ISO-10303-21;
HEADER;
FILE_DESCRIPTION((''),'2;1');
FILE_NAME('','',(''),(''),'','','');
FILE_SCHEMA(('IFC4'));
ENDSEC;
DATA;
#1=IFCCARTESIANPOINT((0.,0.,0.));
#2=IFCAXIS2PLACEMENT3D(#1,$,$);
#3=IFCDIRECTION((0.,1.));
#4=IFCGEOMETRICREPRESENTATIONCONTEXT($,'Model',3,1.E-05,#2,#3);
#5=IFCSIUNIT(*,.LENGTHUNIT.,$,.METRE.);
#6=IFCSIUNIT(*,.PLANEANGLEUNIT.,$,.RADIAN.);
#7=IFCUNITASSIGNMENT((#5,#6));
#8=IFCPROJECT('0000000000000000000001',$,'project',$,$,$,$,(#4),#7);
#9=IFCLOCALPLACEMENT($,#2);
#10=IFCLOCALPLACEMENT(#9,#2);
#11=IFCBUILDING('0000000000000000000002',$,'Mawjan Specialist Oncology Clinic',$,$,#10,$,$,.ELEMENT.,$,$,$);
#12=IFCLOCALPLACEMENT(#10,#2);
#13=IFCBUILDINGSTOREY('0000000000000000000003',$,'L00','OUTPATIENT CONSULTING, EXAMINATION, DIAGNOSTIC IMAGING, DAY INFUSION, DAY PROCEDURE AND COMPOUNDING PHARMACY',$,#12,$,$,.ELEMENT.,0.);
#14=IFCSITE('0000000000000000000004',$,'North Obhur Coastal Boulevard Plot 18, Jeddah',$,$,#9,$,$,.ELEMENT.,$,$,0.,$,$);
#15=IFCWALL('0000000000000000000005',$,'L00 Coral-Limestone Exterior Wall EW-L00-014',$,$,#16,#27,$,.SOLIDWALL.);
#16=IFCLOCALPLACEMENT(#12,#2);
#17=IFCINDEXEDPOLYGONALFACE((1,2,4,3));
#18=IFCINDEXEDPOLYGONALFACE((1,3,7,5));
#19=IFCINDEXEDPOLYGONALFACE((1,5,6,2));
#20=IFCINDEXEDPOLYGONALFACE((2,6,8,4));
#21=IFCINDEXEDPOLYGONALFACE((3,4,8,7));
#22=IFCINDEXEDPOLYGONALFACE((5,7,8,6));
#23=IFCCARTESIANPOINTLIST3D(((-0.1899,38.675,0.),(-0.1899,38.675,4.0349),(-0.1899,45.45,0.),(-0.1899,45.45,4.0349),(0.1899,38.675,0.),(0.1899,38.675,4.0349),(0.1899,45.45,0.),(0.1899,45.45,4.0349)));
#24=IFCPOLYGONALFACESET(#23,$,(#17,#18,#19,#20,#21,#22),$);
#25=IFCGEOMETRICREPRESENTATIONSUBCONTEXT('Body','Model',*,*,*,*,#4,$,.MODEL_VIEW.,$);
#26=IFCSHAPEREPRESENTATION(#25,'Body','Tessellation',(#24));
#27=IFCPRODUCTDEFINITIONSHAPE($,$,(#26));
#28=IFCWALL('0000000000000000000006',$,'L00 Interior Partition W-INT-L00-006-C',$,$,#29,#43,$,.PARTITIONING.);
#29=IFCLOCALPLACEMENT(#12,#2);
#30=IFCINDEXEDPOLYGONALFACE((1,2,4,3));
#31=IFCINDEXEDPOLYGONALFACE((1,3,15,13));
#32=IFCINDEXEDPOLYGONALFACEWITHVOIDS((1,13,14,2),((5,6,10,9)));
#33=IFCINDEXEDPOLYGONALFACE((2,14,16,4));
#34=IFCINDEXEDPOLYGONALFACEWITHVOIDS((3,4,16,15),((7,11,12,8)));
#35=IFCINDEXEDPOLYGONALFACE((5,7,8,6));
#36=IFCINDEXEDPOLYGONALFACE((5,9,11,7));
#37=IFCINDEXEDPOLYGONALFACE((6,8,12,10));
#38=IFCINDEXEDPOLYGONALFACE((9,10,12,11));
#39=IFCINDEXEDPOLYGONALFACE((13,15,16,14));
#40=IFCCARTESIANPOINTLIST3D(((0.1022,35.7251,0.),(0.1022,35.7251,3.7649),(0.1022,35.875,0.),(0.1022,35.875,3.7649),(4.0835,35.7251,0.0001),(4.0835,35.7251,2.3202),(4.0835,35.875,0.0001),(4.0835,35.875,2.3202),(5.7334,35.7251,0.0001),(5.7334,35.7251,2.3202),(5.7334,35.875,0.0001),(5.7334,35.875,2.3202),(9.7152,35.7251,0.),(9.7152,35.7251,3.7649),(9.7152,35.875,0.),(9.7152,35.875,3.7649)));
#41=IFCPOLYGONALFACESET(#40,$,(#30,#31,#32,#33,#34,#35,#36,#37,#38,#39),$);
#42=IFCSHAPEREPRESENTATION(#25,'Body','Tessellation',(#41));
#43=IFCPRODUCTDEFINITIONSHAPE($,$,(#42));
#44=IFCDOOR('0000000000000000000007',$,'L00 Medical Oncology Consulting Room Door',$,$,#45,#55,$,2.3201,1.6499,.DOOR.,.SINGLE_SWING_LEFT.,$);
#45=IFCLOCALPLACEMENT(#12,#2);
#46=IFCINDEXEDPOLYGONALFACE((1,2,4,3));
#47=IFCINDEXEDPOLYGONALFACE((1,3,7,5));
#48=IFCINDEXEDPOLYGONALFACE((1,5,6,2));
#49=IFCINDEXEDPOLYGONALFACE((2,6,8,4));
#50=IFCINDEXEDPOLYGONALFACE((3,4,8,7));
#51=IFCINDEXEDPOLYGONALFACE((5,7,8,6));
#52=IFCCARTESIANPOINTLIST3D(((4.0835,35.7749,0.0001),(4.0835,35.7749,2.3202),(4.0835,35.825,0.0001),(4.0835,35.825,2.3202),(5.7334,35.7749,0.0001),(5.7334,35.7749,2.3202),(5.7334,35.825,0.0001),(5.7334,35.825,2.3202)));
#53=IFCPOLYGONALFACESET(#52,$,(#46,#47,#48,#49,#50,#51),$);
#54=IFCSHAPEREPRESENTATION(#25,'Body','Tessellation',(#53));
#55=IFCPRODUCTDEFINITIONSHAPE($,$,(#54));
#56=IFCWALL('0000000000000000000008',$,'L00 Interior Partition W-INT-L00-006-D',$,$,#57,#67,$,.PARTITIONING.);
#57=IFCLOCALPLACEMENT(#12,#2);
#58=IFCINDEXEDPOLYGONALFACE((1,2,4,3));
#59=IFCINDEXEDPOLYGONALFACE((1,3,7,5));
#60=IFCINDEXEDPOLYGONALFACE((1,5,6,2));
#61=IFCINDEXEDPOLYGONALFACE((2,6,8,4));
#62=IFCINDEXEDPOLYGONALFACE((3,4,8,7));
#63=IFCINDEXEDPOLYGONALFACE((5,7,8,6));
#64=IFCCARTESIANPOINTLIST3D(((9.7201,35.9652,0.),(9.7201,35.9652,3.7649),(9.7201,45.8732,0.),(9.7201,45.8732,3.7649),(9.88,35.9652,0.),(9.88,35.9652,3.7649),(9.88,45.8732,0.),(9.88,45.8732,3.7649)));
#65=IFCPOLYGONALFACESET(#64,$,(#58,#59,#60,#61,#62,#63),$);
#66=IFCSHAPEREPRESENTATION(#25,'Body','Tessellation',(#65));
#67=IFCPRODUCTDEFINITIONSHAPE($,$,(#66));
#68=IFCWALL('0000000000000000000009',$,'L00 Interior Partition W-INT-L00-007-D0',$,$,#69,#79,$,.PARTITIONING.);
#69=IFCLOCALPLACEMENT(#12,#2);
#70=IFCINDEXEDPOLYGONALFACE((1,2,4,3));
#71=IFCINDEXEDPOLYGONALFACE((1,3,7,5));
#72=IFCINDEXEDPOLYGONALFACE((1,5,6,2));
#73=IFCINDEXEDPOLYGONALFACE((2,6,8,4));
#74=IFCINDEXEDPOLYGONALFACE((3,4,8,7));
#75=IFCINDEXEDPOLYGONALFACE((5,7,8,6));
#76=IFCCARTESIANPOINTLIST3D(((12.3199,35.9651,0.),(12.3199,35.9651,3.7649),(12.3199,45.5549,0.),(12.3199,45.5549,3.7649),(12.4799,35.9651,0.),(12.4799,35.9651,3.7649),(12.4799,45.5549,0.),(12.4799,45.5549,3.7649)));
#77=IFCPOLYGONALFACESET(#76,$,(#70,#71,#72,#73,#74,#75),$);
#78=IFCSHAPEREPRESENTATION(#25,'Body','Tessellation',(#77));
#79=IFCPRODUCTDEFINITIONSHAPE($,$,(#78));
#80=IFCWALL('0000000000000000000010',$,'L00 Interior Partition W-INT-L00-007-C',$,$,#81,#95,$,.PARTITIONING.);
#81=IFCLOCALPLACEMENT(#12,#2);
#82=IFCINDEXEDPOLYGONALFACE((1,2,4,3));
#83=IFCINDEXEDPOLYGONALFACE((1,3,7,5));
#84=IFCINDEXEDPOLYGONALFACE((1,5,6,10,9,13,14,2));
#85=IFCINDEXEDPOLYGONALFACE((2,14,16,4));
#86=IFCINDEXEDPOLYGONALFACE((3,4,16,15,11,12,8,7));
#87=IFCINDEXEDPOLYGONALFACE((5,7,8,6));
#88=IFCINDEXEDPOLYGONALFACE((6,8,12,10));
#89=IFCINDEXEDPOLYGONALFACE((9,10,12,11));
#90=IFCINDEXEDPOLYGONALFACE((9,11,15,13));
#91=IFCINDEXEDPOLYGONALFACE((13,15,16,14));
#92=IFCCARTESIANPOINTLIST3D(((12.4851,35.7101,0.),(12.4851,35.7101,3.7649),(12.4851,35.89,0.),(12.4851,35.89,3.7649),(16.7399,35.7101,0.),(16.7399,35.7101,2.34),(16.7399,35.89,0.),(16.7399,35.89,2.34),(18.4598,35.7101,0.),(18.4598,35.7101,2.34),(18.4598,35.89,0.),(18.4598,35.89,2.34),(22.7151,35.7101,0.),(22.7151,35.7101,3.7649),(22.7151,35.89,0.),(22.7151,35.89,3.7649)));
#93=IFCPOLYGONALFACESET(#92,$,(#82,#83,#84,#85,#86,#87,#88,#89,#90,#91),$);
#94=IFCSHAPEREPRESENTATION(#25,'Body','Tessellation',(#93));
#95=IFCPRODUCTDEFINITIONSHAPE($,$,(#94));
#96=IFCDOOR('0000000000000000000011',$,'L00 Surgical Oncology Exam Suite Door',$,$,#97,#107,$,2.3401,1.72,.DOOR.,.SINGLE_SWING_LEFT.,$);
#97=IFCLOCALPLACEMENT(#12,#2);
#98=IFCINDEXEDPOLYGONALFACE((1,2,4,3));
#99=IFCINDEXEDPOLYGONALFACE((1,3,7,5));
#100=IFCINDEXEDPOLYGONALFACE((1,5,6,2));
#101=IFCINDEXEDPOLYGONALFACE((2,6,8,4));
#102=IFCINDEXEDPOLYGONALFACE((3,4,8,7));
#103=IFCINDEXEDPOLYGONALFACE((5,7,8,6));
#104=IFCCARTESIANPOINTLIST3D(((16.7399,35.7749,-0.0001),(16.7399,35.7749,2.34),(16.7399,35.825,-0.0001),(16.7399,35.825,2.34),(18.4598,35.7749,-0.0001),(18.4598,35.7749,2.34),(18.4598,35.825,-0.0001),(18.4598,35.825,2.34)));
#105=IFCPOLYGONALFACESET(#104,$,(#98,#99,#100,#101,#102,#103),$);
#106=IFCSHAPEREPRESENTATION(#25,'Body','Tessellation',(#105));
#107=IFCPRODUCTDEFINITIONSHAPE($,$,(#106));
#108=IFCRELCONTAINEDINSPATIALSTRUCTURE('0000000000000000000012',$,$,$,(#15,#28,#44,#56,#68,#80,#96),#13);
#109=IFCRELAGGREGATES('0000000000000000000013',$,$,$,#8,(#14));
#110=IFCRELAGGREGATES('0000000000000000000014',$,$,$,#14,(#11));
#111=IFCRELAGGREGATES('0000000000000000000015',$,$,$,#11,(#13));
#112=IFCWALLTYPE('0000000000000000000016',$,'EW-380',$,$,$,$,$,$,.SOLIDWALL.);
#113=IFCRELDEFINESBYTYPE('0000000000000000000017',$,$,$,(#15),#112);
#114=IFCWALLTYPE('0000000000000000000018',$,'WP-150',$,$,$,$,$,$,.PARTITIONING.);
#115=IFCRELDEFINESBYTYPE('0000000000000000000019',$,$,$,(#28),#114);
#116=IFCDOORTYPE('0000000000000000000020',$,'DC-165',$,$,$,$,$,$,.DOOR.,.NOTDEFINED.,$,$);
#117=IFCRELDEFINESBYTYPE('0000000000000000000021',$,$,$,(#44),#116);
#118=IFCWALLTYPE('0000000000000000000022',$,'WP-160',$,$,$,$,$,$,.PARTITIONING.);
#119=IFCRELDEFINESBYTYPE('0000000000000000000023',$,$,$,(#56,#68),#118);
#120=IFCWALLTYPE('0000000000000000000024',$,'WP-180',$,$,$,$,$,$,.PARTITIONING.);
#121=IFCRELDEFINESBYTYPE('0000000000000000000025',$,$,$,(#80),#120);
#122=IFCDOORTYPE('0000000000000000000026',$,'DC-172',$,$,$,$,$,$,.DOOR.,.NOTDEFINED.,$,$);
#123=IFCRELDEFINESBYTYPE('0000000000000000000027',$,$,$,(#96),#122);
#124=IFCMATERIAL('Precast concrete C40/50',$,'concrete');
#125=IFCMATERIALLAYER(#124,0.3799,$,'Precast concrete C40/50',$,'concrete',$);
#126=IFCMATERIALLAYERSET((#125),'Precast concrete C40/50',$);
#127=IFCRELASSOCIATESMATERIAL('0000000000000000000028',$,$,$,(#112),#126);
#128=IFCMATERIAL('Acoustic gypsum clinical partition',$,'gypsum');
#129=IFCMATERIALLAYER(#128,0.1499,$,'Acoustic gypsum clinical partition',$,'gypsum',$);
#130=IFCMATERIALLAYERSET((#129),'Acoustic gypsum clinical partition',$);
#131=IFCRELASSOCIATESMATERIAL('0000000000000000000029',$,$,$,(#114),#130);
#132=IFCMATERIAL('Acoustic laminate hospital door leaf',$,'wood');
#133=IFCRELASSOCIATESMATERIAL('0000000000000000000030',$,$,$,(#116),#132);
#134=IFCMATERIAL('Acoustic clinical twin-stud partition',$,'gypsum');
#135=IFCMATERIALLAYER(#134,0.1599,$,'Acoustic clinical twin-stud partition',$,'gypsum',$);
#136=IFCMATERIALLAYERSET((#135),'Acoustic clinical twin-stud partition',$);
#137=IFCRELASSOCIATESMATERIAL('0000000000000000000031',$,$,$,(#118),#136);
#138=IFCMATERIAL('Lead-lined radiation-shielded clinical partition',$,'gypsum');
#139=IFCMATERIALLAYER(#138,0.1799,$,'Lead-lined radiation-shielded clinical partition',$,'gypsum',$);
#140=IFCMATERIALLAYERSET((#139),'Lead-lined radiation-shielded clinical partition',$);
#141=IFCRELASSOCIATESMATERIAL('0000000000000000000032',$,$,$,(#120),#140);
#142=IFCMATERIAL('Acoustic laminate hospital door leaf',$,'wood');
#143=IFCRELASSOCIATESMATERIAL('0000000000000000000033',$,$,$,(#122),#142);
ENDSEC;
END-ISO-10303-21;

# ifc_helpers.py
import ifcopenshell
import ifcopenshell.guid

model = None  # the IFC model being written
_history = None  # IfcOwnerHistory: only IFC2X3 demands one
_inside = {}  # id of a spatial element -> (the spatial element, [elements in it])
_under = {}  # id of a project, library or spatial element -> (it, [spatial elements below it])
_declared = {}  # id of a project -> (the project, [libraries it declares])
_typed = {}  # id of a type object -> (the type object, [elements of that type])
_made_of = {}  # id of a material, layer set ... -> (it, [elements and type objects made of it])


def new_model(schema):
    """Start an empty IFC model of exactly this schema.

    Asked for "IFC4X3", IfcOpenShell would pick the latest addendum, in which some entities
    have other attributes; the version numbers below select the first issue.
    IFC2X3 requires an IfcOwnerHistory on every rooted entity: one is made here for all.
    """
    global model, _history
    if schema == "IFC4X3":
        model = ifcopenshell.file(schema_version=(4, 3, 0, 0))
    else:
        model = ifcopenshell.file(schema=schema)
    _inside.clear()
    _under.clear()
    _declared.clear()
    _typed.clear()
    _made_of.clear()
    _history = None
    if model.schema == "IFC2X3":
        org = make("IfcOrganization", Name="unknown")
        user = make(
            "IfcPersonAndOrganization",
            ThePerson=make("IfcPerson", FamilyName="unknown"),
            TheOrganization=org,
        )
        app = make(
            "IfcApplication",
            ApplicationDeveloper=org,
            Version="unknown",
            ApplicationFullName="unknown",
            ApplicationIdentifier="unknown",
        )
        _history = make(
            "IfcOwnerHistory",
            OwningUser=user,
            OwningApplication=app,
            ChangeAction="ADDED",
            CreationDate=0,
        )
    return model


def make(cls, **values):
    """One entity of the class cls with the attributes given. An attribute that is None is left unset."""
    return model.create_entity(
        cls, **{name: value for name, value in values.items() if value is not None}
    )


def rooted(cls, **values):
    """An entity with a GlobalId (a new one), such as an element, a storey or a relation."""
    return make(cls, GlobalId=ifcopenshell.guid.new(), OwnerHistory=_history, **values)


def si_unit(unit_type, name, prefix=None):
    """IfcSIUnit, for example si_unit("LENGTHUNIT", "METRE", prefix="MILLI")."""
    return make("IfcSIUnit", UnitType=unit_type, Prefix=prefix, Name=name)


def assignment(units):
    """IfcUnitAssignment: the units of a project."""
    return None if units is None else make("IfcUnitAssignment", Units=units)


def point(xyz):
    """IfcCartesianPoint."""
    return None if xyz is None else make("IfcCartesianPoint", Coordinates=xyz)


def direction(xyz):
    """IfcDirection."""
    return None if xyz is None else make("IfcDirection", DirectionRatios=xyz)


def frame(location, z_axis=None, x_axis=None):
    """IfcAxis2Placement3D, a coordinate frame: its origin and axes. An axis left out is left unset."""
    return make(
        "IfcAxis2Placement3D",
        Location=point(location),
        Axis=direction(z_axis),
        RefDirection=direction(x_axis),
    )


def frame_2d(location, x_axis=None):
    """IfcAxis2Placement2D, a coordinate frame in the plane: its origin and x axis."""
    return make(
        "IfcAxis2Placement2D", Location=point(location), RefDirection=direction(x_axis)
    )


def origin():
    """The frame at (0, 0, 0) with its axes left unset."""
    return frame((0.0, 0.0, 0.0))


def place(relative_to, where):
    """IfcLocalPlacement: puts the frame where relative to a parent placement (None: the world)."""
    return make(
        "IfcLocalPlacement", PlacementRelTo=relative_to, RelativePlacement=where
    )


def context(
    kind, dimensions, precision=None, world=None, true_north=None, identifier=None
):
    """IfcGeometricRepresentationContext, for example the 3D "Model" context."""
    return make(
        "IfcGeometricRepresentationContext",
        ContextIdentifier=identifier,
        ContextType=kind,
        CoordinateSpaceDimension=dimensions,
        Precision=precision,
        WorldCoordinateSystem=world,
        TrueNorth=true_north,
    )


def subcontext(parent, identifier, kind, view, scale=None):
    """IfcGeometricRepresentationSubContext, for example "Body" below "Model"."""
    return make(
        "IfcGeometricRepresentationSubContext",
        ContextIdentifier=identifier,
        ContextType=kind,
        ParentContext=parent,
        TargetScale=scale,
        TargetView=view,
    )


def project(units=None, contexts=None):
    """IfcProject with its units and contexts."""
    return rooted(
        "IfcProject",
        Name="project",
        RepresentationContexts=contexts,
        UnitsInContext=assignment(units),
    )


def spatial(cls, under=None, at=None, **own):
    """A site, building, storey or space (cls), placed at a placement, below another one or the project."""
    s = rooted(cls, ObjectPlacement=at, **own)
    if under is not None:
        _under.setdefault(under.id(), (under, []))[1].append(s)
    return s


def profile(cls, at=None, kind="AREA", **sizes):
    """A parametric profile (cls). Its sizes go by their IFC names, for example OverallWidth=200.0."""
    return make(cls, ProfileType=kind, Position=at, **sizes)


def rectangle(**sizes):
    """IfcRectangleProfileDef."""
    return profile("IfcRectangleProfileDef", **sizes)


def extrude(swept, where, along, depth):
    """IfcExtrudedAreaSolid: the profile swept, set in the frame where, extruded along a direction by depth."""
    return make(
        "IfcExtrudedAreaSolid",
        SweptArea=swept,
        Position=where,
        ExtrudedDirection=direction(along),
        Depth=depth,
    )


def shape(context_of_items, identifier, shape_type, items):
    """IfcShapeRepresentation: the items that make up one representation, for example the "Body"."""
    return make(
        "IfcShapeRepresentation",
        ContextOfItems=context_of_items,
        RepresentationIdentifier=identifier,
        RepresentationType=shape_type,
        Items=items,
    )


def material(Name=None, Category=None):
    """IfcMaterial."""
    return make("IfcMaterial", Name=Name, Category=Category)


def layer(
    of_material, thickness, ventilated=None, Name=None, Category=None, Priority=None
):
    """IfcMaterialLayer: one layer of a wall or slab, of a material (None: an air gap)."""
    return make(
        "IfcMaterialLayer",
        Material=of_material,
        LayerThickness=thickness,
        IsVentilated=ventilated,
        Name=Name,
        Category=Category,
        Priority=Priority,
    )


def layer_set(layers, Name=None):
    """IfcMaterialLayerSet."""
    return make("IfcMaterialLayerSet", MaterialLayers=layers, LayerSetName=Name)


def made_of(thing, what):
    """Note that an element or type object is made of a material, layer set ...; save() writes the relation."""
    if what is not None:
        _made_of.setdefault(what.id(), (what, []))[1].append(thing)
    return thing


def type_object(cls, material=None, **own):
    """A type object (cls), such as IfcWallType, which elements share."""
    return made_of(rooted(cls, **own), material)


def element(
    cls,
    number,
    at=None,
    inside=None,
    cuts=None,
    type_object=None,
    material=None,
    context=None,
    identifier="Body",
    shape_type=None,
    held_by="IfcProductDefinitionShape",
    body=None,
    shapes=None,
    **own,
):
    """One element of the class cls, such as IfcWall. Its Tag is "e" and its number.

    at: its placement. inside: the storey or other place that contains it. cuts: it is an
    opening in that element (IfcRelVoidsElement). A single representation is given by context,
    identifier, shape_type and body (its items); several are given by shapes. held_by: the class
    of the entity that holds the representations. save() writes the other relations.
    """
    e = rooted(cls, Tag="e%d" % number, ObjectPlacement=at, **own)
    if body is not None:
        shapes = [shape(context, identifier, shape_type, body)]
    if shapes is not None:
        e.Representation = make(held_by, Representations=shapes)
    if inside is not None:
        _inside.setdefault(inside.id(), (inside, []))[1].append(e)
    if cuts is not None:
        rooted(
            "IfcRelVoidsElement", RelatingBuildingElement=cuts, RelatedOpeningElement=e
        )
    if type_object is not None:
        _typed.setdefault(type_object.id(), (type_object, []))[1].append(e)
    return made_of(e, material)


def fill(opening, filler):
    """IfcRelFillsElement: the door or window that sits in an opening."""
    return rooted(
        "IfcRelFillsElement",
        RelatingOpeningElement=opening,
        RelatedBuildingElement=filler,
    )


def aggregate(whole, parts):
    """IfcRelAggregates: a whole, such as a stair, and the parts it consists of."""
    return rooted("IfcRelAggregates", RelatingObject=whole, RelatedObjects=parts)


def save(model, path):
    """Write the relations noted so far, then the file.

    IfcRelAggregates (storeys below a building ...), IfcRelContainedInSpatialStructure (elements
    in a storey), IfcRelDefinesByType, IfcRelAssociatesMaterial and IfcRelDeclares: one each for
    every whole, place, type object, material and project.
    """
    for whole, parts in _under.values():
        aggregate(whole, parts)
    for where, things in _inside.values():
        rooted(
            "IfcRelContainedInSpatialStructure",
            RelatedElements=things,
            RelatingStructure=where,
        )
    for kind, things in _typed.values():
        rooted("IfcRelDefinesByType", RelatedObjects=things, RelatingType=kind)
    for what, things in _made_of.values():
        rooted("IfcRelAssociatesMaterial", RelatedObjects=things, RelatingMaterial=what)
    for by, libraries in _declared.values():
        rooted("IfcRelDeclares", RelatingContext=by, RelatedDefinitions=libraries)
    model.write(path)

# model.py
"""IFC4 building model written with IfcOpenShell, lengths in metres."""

from ifc_helpers import new_model, si_unit, direction, frame, frame_2d, origin, place, context, subcontext, project, spatial, rectangle, extrude, material, layer, layer_set, type_object, element, fill, save


model = new_model("IFC4")

# Units and contexts
model_context = context("Model", 3, precision=1e-05, world=origin(), true_north=direction((0.0, 1.0)))
body_context = subcontext(model_context, "Body", "Model", "MODEL_VIEW")
ifc_project = project(units=[si_unit("LENGTHUNIT", "METRE"), si_unit("PLANEANGLEUNIT", "RADIAN")], contexts=[model_context])

# Site, building, storey
site_placement = place(None, origin())
site = spatial("IfcSite", under=ifc_project, at=site_placement, Name="North Obhur Coastal Boulevard Plot 18, Jeddah", CompositionType="ELEMENT", RefElevation=0.0)
building_placement = place(site_placement, origin())
building = spatial("IfcBuilding", under=site, at=building_placement, Name="Mawjan Specialist Oncology Clinic", CompositionType="ELEMENT")
storey_placement = place(building_placement, origin())
storey = spatial("IfcBuildingStorey", under=building, at=storey_placement, Name="L00", Description="OUTPATIENT CONSULTING, EXAMINATION, DIAGNOSTIC IMAGING, DAY INFUSION, DAY PROCEDURE AND COMPOUNDING PHARMACY", CompositionType="ELEMENT", Elevation=0.0)

# Wall
ifc_material_1 = material(Name="Precast concrete C40/50", Category="concrete")
ifc_layer_1 = layer(ifc_material_1, 0.3799, Name="Precast concrete C40/50", Category="concrete")
ifc_layer_set_1 = layer_set([ifc_layer_1], Name="Precast concrete C40/50")
wall_type_1 = type_object("IfcWallType", Name="EW-380", PredefinedType="SOLIDWALL", material=ifc_layer_set_1)
wall_1_placement = place(storey_placement, frame((0.0, 38.675, 0.0), z_axis=(0.0, 0.0, 1.0), x_axis=(0.0, 1.0, 0.0)))
element("IfcWall", 1, at=wall_1_placement, inside=storey, type_object=wall_type_1, Name="L00 Coral-Limestone Exterior Wall EW-L00-014", PredefinedType="SOLIDWALL", context=body_context, shape_type="SweptSolid", body=[
    extrude(rectangle(XDim=6.7749, YDim=0.3799, at=frame_2d((3.3875, 0.0))), origin(), (0.0, 0.0, 1.0), 4.0349),
])

# Wall, opening, door
ifc_material_2 = material(Name="Acoustic gypsum clinical partition", Category="gypsum")
ifc_layer_2 = layer(ifc_material_2, 0.1499, Name="Acoustic gypsum clinical partition", Category="gypsum")
ifc_layer_set_2 = layer_set([ifc_layer_2], Name="Acoustic gypsum clinical partition")
wall_type_2 = type_object("IfcWallType", Name="WP-150", PredefinedType="PARTITIONING", material=ifc_layer_set_2)
wall_2_placement = place(storey_placement, frame((0.1021, 35.8, 0.0), z_axis=(0.0, 0.0, 1.0), x_axis=(1.0, 0.0, 0.0)))
wall_2 = element("IfcWall", 2, at=wall_2_placement, inside=storey, type_object=wall_type_2, Name="L00 Interior Partition W-INT-L00-006-C", PredefinedType="PARTITIONING", context=body_context, shape_type="SweptSolid", body=[
    extrude(rectangle(XDim=9.613, YDim=0.1499, at=frame_2d((4.8066, 0.0))), origin(), (0.0, 0.0, 1.0), 3.7649),
])
opening_1_placement = place(wall_2_placement, frame((3.9814, 0.0, 0.0)))
opening_1 = element("IfcOpeningElement", 3, at=opening_1_placement, cuts=wall_2, PredefinedType="OPENING", context=body_context, shape_type="SweptSolid", body=[
    extrude(rectangle(XDim=1.6499, YDim=2.3201, at=frame_2d((0.825, 1.1602))), frame((0.0, 0.0869, 0.0), z_axis=(0.0, -1.0, 0.0), x_axis=(1.0, 0.0, 0.0)), (0.0, 0.0, 1.0), 0.1738),
])
ifc_material_3 = material(Name="Acoustic laminate hospital door leaf", Category="wood")
door_type_1 = type_object("IfcDoorType", Name="DC-165", OperationType="NOTDEFINED", PredefinedType="DOOR", material=ifc_material_3)
door_1_placement = place(opening_1_placement, origin())
door_1 = element("IfcDoor", 4, at=door_1_placement, inside=storey, type_object=door_type_1, Name="L00 Medical Oncology Consulting Room Door", OperationType="SINGLE_SWING_LEFT", OverallHeight=2.3201, OverallWidth=1.6499, PredefinedType="DOOR", context=body_context, shape_type="SweptSolid", body=[
    extrude(rectangle(XDim=1.6499, YDim=2.3201, at=frame_2d((0.825, 1.1602))), frame((0.0, 0.0249, 0.0), z_axis=(0.0, -1.0, 0.0), x_axis=(1.0, 0.0, 0.0)), (0.0, 0.0, 1.0), 0.05),
])
fill(opening_1, door_1)

# Walls
ifc_material_4 = material(Name="Acoustic clinical twin-stud partition", Category="gypsum")
ifc_layer_3 = layer(ifc_material_4, 0.1599, Name="Acoustic clinical twin-stud partition", Category="gypsum")
ifc_layer_set_3 = layer_set([ifc_layer_3], Name="Acoustic clinical twin-stud partition")
wall_type_3 = type_object("IfcWallType", Name="WP-160", PredefinedType="PARTITIONING", material=ifc_layer_set_3)
wall_3_placement = place(storey_placement, frame((9.8, 35.9651, 0.0), z_axis=(0.0, 0.0, 1.0), x_axis=(0.0, 1.0, 0.0)))
element("IfcWall", 5, at=wall_3_placement, inside=storey, type_object=wall_type_3, Name="L00 Interior Partition W-INT-L00-006-D", PredefinedType="PARTITIONING", context=body_context, shape_type="SweptSolid", body=[
    extrude(rectangle(XDim=9.908, YDim=0.1599, at=frame_2d((4.9541, 0.0))), origin(), (0.0, 0.0, 1.0), 3.7649),
])
wall_4_placement = place(storey_placement, frame((12.3999, 35.9651, 0.0), z_axis=(0.0, 0.0, 1.0), x_axis=(0.0, 1.0, 0.0)))
element("IfcWall", 6, at=wall_4_placement, inside=storey, type_object=wall_type_3, Name="L00 Interior Partition W-INT-L00-007-D0", PredefinedType="PARTITIONING", context=body_context, shape_type="SweptSolid", body=[
    extrude(rectangle(XDim=9.5898, YDim=0.1599, at=frame_2d((4.7949, 0.0))), origin(), (0.0, 0.0, 1.0), 3.7649),
])

# Wall, opening, door
ifc_material_5 = material(Name="Lead-lined radiation-shielded clinical partition", Category="gypsum")
ifc_layer_4 = layer(ifc_material_5, 0.1799, Name="Lead-lined radiation-shielded clinical partition", Category="gypsum")
ifc_layer_set_4 = layer_set([ifc_layer_4], Name="Lead-lined radiation-shielded clinical partition")
wall_type_4 = type_object("IfcWallType", Name="WP-180", PredefinedType="PARTITIONING", material=ifc_layer_set_4)
wall_5_placement = place(storey_placement, frame((12.4851, 35.8, 0.0), z_axis=(0.0, 0.0, 1.0), x_axis=(1.0, 0.0, 0.0)))
wall_5 = element("IfcWall", 7, at=wall_5_placement, inside=storey, type_object=wall_type_4, Name="L00 Interior Partition W-INT-L00-007-C", PredefinedType="PARTITIONING", context=body_context, shape_type="SweptSolid", body=[
    extrude(rectangle(XDim=10.23, YDim=0.1799, at=frame_2d((5.115, 0.0))), origin(), (0.0, 0.0, 1.0), 3.7649),
])
opening_2_placement = place(wall_5_placement, frame((4.2549, 0.0, 0.0)))
opening_2 = element("IfcOpeningElement", 8, at=opening_2_placement, cuts=wall_5, PredefinedType="OPENING", context=body_context, shape_type="SweptSolid", body=[
    extrude(rectangle(XDim=1.72, YDim=2.3401, at=frame_2d((0.8599, 1.1699))), frame((0.0, 0.1021, 0.0), z_axis=(0.0, -1.0, 0.0), x_axis=(1.0, 0.0, 0.0)), (0.0, 0.0, 1.0), 0.2039),
])
ifc_material_6 = material(Name="Acoustic laminate hospital door leaf", Category="wood")
door_type_2 = type_object("IfcDoorType", Name="DC-172", OperationType="NOTDEFINED", PredefinedType="DOOR", material=ifc_material_6)
door_2_placement = place(opening_2_placement, origin())
door_2 = element("IfcDoor", 9, at=door_2_placement, inside=storey, type_object=door_type_2, Name="L00 Surgical Oncology Exam Suite Door", OperationType="SINGLE_SWING_LEFT", OverallHeight=2.3401, OverallWidth=1.72, PredefinedType="DOOR", context=body_context, shape_type="SweptSolid", body=[
    extrude(rectangle(XDim=1.72, YDim=2.3401, at=frame_2d((0.8599, 1.1699))), frame((0.0, 0.0249, 0.0), z_axis=(0.0, -1.0, 0.0), x_axis=(1.0, 0.0, 0.0)), (0.0, 0.0, 1.0), 0.05),
])
fill(opening_2, door_2)

save(model, "model.ifc")
